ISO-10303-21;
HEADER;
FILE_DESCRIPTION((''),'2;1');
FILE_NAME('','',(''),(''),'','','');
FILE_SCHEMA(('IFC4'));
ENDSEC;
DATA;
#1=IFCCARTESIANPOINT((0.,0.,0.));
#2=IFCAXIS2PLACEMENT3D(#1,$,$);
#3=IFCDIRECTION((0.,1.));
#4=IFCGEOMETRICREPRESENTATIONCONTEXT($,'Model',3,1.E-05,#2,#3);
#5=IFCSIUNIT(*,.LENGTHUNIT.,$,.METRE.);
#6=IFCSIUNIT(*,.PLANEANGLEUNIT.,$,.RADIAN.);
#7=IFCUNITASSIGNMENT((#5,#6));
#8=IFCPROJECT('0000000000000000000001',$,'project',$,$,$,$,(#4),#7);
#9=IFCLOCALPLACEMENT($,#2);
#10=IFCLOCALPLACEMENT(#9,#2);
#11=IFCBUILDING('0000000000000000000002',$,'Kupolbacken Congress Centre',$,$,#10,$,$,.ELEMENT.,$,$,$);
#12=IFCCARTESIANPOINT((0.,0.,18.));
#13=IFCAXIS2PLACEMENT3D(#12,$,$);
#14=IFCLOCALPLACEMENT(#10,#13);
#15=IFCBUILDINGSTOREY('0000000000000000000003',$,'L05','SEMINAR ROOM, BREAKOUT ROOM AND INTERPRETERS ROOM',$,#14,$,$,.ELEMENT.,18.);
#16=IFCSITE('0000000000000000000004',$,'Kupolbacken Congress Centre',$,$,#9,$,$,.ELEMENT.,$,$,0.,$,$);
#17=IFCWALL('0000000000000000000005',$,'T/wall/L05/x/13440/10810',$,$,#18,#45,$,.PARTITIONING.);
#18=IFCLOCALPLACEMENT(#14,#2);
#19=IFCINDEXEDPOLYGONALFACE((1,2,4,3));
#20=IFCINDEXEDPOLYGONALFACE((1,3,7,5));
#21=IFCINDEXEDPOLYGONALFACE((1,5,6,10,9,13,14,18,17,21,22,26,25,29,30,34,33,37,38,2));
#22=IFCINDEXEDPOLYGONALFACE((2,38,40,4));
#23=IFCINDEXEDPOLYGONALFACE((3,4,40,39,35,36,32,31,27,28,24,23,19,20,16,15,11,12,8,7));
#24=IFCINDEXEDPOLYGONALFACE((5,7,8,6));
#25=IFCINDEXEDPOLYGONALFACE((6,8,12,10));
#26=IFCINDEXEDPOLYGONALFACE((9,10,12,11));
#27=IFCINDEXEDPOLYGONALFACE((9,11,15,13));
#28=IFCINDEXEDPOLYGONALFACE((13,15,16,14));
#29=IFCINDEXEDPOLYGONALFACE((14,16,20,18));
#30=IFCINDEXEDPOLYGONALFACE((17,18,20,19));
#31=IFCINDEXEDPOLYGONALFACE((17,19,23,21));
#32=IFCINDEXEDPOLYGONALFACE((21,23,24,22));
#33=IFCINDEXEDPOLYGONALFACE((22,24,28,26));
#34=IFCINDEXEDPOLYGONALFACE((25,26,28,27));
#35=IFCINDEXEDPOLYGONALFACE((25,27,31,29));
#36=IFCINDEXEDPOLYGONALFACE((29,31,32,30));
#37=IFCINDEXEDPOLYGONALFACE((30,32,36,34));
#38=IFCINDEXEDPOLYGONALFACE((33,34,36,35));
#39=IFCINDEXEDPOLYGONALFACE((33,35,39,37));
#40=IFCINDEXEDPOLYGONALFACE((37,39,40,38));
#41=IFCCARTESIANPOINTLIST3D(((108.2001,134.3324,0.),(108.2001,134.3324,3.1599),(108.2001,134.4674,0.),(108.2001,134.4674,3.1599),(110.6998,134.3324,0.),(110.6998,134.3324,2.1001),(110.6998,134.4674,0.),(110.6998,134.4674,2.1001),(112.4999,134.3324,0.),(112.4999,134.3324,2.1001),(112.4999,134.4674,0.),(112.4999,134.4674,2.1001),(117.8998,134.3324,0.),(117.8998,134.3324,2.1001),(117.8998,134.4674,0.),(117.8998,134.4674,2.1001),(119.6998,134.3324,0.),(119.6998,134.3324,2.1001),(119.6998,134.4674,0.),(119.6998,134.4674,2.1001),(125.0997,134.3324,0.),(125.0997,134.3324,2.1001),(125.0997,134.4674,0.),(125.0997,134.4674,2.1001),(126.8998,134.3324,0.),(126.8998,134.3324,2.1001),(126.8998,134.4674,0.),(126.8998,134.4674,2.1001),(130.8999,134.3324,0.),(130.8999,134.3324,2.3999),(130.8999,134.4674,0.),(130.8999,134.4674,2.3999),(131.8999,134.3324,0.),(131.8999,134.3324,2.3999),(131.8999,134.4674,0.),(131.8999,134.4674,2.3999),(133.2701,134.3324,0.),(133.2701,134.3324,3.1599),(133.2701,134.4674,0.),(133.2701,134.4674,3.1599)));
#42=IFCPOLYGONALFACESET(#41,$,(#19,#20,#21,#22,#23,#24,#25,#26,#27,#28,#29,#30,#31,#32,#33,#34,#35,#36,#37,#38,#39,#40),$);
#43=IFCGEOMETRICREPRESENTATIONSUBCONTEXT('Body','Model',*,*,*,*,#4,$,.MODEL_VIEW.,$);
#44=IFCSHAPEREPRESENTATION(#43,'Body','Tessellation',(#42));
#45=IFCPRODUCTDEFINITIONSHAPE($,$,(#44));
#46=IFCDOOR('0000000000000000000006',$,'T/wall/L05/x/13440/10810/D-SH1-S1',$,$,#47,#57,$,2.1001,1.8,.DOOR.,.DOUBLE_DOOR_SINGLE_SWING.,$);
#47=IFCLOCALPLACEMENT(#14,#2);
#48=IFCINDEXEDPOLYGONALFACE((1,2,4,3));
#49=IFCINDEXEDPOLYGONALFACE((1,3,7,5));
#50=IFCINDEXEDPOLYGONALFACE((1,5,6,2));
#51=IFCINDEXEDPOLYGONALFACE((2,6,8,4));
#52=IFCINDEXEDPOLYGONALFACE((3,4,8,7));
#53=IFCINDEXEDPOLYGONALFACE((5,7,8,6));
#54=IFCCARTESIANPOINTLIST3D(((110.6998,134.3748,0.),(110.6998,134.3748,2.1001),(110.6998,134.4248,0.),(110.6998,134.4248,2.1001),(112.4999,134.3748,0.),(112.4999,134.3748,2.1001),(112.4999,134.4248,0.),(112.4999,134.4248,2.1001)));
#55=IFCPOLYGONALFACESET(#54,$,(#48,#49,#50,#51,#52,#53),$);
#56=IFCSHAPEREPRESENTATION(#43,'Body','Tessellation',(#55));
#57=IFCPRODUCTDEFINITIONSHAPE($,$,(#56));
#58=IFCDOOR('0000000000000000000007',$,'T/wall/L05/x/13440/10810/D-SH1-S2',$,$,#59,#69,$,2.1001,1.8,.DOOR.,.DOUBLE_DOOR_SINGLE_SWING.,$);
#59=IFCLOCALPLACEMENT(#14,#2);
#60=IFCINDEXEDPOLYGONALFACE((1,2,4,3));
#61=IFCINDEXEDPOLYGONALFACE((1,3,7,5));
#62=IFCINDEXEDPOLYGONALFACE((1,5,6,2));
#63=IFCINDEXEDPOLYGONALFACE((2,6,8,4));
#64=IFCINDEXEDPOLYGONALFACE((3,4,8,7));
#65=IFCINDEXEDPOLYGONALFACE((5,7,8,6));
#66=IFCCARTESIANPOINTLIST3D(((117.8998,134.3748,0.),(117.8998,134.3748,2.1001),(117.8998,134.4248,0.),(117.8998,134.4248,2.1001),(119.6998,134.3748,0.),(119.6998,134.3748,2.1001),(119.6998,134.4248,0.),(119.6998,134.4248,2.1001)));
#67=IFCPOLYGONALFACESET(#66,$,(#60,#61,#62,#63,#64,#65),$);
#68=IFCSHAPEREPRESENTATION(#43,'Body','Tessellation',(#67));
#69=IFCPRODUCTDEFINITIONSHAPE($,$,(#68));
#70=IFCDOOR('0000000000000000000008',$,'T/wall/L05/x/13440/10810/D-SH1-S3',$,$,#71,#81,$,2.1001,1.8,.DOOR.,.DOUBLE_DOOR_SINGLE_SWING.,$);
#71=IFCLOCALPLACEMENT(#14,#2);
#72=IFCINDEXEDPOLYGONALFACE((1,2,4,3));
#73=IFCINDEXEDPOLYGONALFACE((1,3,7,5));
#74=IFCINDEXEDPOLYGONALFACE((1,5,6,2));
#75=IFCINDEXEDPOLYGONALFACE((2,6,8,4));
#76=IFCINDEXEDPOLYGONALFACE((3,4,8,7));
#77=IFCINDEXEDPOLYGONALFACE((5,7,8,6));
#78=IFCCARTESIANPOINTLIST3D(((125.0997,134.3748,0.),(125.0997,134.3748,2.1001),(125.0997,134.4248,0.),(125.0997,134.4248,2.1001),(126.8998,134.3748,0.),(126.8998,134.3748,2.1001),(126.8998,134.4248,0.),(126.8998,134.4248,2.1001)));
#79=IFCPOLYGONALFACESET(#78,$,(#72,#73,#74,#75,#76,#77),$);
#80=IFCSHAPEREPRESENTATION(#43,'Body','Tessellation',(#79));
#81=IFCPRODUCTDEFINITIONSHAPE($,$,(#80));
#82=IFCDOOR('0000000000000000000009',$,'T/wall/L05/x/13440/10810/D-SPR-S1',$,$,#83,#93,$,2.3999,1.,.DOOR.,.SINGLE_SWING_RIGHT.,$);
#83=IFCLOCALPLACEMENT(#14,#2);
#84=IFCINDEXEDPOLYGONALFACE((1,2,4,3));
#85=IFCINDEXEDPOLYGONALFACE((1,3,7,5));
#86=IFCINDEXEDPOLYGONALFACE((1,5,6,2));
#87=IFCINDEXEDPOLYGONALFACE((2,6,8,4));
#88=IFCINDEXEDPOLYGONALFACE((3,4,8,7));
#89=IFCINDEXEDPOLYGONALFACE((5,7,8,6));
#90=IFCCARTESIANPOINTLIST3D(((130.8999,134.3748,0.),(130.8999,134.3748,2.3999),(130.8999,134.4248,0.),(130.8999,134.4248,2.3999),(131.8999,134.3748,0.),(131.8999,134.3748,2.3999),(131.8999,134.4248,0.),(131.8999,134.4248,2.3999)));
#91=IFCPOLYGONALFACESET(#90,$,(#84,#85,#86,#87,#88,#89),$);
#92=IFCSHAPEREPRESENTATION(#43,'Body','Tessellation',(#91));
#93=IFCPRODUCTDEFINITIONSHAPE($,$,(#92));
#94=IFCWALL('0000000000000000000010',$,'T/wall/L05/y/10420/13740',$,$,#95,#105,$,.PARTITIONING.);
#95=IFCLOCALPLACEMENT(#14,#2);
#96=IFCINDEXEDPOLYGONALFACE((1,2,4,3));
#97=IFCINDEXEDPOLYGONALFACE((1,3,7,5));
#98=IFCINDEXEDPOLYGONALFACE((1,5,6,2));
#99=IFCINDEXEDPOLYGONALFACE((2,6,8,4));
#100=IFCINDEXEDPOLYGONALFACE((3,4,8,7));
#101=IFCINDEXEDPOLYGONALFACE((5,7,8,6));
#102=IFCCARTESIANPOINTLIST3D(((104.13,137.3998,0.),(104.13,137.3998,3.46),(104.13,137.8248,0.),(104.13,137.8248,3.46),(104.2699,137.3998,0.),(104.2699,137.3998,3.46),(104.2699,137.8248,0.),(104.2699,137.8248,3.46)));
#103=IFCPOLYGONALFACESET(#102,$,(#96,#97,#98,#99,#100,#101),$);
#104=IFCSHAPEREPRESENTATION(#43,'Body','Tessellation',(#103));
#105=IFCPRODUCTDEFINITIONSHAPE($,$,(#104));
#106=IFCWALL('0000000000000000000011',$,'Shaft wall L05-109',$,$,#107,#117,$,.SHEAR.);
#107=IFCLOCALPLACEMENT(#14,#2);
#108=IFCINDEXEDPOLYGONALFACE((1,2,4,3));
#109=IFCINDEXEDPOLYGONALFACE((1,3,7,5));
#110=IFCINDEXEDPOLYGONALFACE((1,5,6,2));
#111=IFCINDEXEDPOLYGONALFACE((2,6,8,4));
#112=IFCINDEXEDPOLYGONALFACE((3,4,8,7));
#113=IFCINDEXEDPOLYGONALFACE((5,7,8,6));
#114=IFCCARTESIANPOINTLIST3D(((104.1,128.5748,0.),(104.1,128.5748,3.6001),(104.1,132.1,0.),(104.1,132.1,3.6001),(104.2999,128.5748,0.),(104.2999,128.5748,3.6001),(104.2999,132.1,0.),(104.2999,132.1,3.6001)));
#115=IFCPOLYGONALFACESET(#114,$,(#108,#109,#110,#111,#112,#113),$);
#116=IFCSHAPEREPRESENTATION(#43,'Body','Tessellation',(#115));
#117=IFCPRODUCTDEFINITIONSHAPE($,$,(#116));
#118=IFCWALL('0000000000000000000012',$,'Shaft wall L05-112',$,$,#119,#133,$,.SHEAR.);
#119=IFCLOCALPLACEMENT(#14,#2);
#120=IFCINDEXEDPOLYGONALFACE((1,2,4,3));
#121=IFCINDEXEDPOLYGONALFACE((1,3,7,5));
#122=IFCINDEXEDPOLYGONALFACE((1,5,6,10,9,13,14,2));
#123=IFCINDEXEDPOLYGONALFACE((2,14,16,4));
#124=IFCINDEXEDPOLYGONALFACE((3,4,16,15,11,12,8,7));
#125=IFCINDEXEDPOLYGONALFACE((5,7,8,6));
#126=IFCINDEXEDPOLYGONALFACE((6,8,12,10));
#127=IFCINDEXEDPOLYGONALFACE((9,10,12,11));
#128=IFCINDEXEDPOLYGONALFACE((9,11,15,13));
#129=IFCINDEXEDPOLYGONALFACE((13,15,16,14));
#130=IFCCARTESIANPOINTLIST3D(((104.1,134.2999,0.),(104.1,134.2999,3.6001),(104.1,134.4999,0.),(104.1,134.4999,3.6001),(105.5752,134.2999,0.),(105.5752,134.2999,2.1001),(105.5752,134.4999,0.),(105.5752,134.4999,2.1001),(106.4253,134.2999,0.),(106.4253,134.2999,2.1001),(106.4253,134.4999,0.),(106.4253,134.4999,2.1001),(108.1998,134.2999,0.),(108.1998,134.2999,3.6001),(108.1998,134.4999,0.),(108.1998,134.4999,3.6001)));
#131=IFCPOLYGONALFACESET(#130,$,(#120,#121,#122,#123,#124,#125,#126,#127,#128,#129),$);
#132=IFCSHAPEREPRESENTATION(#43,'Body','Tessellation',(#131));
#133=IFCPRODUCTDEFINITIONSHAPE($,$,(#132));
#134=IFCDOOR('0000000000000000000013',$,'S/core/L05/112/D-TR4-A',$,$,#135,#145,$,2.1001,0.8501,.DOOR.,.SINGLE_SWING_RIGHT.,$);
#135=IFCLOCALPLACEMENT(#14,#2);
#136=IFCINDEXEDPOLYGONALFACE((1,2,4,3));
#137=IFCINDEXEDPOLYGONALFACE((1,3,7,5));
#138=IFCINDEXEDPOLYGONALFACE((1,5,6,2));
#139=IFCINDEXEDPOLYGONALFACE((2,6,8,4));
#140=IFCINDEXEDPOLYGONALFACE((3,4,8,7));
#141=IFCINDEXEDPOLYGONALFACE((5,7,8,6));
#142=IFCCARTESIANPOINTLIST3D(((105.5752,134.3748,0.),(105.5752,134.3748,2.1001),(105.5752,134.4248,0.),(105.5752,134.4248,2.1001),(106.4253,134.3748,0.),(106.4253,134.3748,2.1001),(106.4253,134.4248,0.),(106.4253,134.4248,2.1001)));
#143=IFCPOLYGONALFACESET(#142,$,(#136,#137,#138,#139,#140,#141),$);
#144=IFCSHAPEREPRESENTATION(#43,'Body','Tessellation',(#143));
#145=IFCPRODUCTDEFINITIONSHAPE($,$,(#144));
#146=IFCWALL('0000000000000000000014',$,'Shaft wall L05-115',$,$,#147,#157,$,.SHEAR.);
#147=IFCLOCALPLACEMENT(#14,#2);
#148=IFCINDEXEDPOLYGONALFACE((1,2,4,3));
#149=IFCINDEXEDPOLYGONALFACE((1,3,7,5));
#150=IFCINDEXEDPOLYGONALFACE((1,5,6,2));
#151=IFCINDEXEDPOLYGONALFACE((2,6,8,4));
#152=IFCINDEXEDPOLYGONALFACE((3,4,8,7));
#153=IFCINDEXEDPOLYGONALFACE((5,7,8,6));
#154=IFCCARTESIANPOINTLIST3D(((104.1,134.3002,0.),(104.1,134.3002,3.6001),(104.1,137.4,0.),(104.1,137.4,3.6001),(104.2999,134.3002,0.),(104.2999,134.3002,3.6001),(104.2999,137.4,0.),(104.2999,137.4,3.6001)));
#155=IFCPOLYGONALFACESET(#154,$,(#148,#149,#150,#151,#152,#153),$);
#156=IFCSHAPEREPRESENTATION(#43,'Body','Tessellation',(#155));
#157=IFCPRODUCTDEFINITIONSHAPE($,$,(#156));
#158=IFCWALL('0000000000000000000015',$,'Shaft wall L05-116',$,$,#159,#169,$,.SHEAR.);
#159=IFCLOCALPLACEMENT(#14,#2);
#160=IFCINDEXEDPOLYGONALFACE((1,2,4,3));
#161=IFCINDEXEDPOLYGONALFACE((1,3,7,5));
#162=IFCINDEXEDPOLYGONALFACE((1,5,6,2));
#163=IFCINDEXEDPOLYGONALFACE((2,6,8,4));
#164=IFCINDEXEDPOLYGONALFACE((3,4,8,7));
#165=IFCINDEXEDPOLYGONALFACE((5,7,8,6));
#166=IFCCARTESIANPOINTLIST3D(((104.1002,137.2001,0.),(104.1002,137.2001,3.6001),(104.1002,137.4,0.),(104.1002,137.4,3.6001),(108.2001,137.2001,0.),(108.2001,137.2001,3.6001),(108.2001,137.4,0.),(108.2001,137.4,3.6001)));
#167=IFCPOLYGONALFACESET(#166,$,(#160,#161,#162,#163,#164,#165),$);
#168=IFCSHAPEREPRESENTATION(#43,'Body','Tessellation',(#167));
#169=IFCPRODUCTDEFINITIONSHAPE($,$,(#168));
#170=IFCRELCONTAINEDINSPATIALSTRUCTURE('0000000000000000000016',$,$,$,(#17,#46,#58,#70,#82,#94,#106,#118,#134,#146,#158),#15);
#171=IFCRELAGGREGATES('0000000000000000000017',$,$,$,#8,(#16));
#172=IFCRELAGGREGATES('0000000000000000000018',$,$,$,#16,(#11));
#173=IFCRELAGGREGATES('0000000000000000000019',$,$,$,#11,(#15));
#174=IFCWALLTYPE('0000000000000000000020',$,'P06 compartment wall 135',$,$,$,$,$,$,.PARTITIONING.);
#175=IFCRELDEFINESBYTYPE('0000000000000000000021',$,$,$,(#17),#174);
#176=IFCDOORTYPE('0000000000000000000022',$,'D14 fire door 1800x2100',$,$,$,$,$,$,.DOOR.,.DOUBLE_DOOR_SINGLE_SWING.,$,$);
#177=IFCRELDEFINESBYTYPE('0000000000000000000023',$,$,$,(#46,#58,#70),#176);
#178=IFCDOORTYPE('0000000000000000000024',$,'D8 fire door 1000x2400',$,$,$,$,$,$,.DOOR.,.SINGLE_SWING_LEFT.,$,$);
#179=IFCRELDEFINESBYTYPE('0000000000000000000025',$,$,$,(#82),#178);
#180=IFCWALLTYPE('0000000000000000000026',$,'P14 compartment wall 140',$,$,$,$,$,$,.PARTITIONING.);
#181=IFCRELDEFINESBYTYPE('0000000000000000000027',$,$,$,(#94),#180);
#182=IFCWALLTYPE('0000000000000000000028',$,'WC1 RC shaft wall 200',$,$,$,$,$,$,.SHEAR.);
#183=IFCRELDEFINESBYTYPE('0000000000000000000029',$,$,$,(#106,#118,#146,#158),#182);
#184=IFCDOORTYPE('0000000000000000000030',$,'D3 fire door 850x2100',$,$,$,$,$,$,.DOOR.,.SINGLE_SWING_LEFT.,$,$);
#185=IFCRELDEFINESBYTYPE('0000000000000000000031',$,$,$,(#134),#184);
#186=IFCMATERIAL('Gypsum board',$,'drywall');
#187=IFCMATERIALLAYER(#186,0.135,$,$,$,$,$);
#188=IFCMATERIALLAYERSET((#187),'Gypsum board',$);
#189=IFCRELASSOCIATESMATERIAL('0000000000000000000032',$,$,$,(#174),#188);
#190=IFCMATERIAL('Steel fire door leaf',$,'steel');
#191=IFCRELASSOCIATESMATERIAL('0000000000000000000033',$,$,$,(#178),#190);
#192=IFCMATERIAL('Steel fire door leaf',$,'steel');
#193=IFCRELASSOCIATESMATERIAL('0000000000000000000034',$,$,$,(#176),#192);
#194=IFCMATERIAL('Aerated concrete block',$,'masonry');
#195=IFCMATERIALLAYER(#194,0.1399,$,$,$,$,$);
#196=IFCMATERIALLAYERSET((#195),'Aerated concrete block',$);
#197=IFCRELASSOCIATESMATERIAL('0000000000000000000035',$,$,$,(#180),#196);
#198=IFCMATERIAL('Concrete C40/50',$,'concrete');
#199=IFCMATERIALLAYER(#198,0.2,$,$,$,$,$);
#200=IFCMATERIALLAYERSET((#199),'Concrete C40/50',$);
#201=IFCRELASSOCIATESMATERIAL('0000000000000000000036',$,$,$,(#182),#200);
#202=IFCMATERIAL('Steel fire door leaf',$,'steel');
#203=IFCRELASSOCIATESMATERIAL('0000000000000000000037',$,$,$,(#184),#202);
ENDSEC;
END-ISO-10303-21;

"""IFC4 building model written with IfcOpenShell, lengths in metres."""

from ifc_helpers import new_model, si_unit, direction, frame, frame_2d, origin, place, context, subcontext, project, spatial, rectangle, extrude, material, layer, layer_set, type_object, element, fill, save


model = new_model("IFC4")

# Units and contexts
model_context = context("Model", 3, precision=1e-05, world=origin(), true_north=direction((0.0, 1.0)))
body_context = subcontext(model_context, "Body", "Model", "MODEL_VIEW")
ifc_project = project(units=[si_unit("LENGTHUNIT", "METRE"), si_unit("PLANEANGLEUNIT", "RADIAN")], contexts=[model_context])

# Site, building, storey
site_placement = place(None, origin())
site = spatial("IfcSite", under=ifc_project, at=site_placement, Name="Kupolbacken Congress Centre", CompositionType="ELEMENT", RefElevation=0.0)
building_placement = place(site_placement, origin())
building = spatial("IfcBuilding", under=site, at=building_placement, Name="Kupolbacken Congress Centre", CompositionType="ELEMENT")
storey_placement = place(building_placement, frame((0.0, 0.0, 18.0)))
storey = spatial("IfcBuildingStorey", under=building, at=storey_placement, Name="L05", Description="SEMINAR ROOM, BREAKOUT ROOM AND INTERPRETERS ROOM", CompositionType="ELEMENT", Elevation=18.0)

# Wall, openings, doors
ifc_material_1 = material(Name="Gypsum board", Category="drywall")
ifc_layer_1 = layer(ifc_material_1, 0.135)
ifc_layer_set_1 = layer_set([ifc_layer_1], Name="Gypsum board")
wall_type_1 = type_object("IfcWallType", Name="P06 compartment wall 135", PredefinedType="PARTITIONING", material=ifc_layer_set_1)
ifc_material_2 = material(Name="Steel fire door leaf", Category="steel")
door_type_1 = type_object("IfcDoorType", Name="D8 fire door 1000x2400", OperationType="SINGLE_SWING_LEFT", PredefinedType="DOOR", material=ifc_material_2)
wall_1_placement = place(storey_placement, frame((108.2, 134.3999, 0.0), z_axis=(0.0, 0.0, 1.0), x_axis=(1.0, 0.0, 0.0)))
wall_1 = element("IfcWall", 1, at=wall_1_placement, inside=storey, type_object=wall_type_1, Name="T/wall/L05/x/13440/10810", PredefinedType="PARTITIONING", context=body_context, shape_type="SweptSolid", body=[
    extrude(rectangle(XDim=25.0701, YDim=0.135, at=frame_2d((12.5352, 0.0))), origin(), (0.0, 0.0, 1.0), 3.1599),
])
opening_1_placement = place(wall_1_placement, frame((2.5, 0.0, 0.0)))
opening_1 = element("IfcOpeningElement", 2, at=opening_1_placement, cuts=wall_1, PredefinedType="OPENING", context=body_context, shape_type="SweptSolid", body=[
    extrude(rectangle(XDim=1.8, YDim=2.1001, at=frame_2d((0.8999, 1.05))), frame((0.0, 0.0774, 0.0), z_axis=(0.0, -1.0, 0.0), x_axis=(1.0, 0.0, 0.0)), (0.0, 0.0, 1.0), 0.155),
])
opening_2_placement = place(wall_1_placement, frame((9.7, 0.0, 0.0)))
opening_2 = element("IfcOpeningElement", 3, at=opening_2_placement, cuts=wall_1, PredefinedType="OPENING", context=body_context, shape_type="SweptSolid", body=[
    extrude(rectangle(XDim=1.8, YDim=2.1001, at=frame_2d((0.8999, 1.05))), frame((0.0, 0.0774, 0.0), z_axis=(0.0, -1.0, 0.0), x_axis=(1.0, 0.0, 0.0)), (0.0, 0.0, 1.0), 0.155),
])
opening_3_placement = place(wall_1_placement, frame((16.8999, 0.0, 0.0)))
opening_3 = element("IfcOpeningElement", 4, at=opening_3_placement, cuts=wall_1, PredefinedType="OPENING", context=body_context, shape_type="SweptSolid", body=[
    extrude(rectangle(XDim=1.8, YDim=2.1001, at=frame_2d((0.8999, 1.05))), frame((0.0, 0.0774, 0.0), z_axis=(0.0, -1.0, 0.0), x_axis=(1.0, 0.0, 0.0)), (0.0, 0.0, 1.0), 0.155),
])
opening_4_placement = place(wall_1_placement, frame((22.7, 0.0, 0.0)))
opening_4 = element("IfcOpeningElement", 5, at=opening_4_placement, cuts=wall_1, PredefinedType="OPENING", context=body_context, shape_type="SweptSolid", body=[
    extrude(rectangle(XDim=1.0, YDim=2.3999, at=frame_2d((0.5, 1.2))), frame((0.0, 0.0774, 0.0), z_axis=(0.0, -1.0, 0.0), x_axis=(1.0, 0.0, 0.0)), (0.0, 0.0, 1.0), 0.155),
])
ifc_material_3 = material(Name="Steel fire door leaf", Category="steel")
door_type_2 = type_object("IfcDoorType", Name="D14 fire door 1800x2100", OperationType="DOUBLE_DOOR_SINGLE_SWING", PredefinedType="DOOR", material=ifc_material_3)
door_1_placement = place(opening_1_placement, origin())
door_1 = element("IfcDoor", 6, at=door_1_placement, inside=storey, type_object=door_type_2, Name="T/wall/L05/x/13440/10810/D-SH1-S1", OperationType="DOUBLE_DOOR_SINGLE_SWING", OverallHeight=2.1001, OverallWidth=1.8, PredefinedType="DOOR", context=body_context, shape_type="SweptSolid", body=[
    extrude(rectangle(XDim=1.8, YDim=2.1001, at=frame_2d((0.8999, 1.05))), frame((0.0, 0.0249, 0.0), z_axis=(0.0, -1.0, 0.0), x_axis=(1.0, 0.0, 0.0)), (0.0, 0.0, 1.0), 0.05),
])
fill(opening_1, door_1)
door_2_placement = place(opening_2_placement, origin())
door_2 = element("IfcDoor", 7, at=door_2_placement, inside=storey, type_object=door_type_2, Name="T/wall/L05/x/13440/10810/D-SH1-S2", OperationType="DOUBLE_DOOR_SINGLE_SWING", OverallHeight=2.1001, OverallWidth=1.8, PredefinedType="DOOR", context=body_context, shape_type="SweptSolid", body=[
    extrude(rectangle(XDim=1.8, YDim=2.1001, at=frame_2d((0.8999, 1.05))), frame((0.0, 0.0249, 0.0), z_axis=(0.0, -1.0, 0.0), x_axis=(1.0, 0.0, 0.0)), (0.0, 0.0, 1.0), 0.05),
])
fill(opening_2, door_2)
door_3_placement = place(opening_3_placement, origin())
door_3 = element("IfcDoor", 8, at=door_3_placement, inside=storey, type_object=door_type_2, Name="T/wall/L05/x/13440/10810/D-SH1-S3", OperationType="DOUBLE_DOOR_SINGLE_SWING", OverallHeight=2.1001, OverallWidth=1.8, PredefinedType="DOOR", context=body_context, shape_type="SweptSolid", body=[
    extrude(rectangle(XDim=1.8, YDim=2.1001, at=frame_2d((0.8999, 1.05))), frame((0.0, 0.0249, 0.0), z_axis=(0.0, -1.0, 0.0), x_axis=(1.0, 0.0, 0.0)), (0.0, 0.0, 1.0), 0.05),
])
fill(opening_3, door_3)
door_4_placement = place(opening_4_placement, origin())
door_4 = element("IfcDoor", 9, at=door_4_placement, inside=storey, type_object=door_type_1, Name="T/wall/L05/x/13440/10810/D-SPR-S1", OperationType="SINGLE_SWING_RIGHT", OverallHeight=2.3999, OverallWidth=1.0, PredefinedType="DOOR", context=body_context, shape_type="SweptSolid", body=[
    extrude(rectangle(XDim=1.0, YDim=2.3999, at=frame_2d((0.5, 1.2))), frame((0.0, 0.0249, 0.0), z_axis=(0.0, -1.0, 0.0), x_axis=(1.0, 0.0, 0.0)), (0.0, 0.0, 1.0), 0.05),
])
fill(opening_4, door_4)

# Walls
ifc_material_4 = material(Name="Aerated concrete block", Category="masonry")
ifc_layer_2 = layer(ifc_material_4, 0.1399)
ifc_layer_set_2 = layer_set([ifc_layer_2], Name="Aerated concrete block")
wall_type_2 = type_object("IfcWallType", Name="P14 compartment wall 140", PredefinedType="PARTITIONING", material=ifc_layer_set_2)
wall_2_placement = place(storey_placement, frame((104.2, 137.3999, 0.0), z_axis=(0.0, 0.0, 1.0), x_axis=(0.0, 1.0, 0.0)))
element("IfcWall", 10, at=wall_2_placement, inside=storey, type_object=wall_type_2, Name="T/wall/L05/y/10420/13740", PredefinedType="PARTITIONING", context=body_context, shape_type="SweptSolid", body=[
    extrude(rectangle(XDim=0.425, YDim=0.1399, at=frame_2d((0.2124, 0.0))), origin(), (0.0, 0.0, 1.0), 3.46),
])
ifc_material_5 = material(Name="Concrete C40/50", Category="concrete")
ifc_layer_3 = layer(ifc_material_5, 0.2)
ifc_layer_set_3 = layer_set([ifc_layer_3], Name="Concrete C40/50")
wall_type_3 = type_object("IfcWallType", Name="WC1 RC shaft wall 200", PredefinedType="SHEAR", material=ifc_layer_set_3)
wall_3_placement = place(storey_placement, frame((104.2, 132.1001, 0.0), z_axis=(0.0, 0.0, 1.0), x_axis=(0.0, -1.0, 0.0)))
element("IfcWall", 11, at=wall_3_placement, inside=storey, type_object=wall_type_3, Name="Shaft wall L05-109", PredefinedType="SHEAR", context=body_context, shape_type="SweptSolid", body=[
    extrude(rectangle(XDim=3.5251, YDim=0.2, at=frame_2d((1.7627, 0.0))), origin(), (0.0, 0.0, 1.0), 3.6001),
])

# Wall, opening, door
wall_4_placement = place(storey_placement, frame((104.1001, 134.3999, 0.0), z_axis=(0.0, 0.0, 1.0), x_axis=(1.0, 0.0, 0.0)))
wall_4 = element("IfcWall", 12, at=wall_4_placement, inside=storey, type_object=wall_type_3, Name="Shaft wall L05-112", PredefinedType="SHEAR", context=body_context, shape_type="SweptSolid", body=[
    extrude(rectangle(XDim=4.0999, YDim=0.2, at=frame_2d((2.0498, 0.0))), origin(), (0.0, 0.0, 1.0), 3.6001),
])
opening_5_placement = place(wall_4_placement, frame((1.4751, 0.0, 0.0)))
opening_5 = element("IfcOpeningElement", 13, at=opening_5_placement, cuts=wall_4, PredefinedType="OPENING", context=body_context, shape_type="SweptSolid", body=[
    extrude(rectangle(XDim=0.8501, YDim=2.1001, at=frame_2d((0.425, 1.05))), frame((0.0, 0.1099, 0.0), z_axis=(0.0, -1.0, 0.0), x_axis=(1.0, 0.0, 0.0)), (0.0, 0.0, 1.0), 0.22),
])
ifc_material_6 = material(Name="Steel fire door leaf", Category="steel")
door_type_3 = type_object("IfcDoorType", Name="D3 fire door 850x2100", OperationType="SINGLE_SWING_LEFT", PredefinedType="DOOR", material=ifc_material_6)
door_5_placement = place(opening_5_placement, origin())
door_5 = element("IfcDoor", 14, at=door_5_placement, inside=storey, type_object=door_type_3, Name="S/core/L05/112/D-TR4-A", OperationType="SINGLE_SWING_RIGHT", OverallHeight=2.1001, OverallWidth=0.8501, PredefinedType="DOOR", context=body_context, shape_type="SweptSolid", body=[
    extrude(rectangle(XDim=0.8501, YDim=2.1001, at=frame_2d((0.425, 1.05))), frame((0.0, 0.0249, 0.0), z_axis=(0.0, -1.0, 0.0), x_axis=(1.0, 0.0, 0.0)), (0.0, 0.0, 1.0), 0.05),
])
fill(opening_5, door_5)

# Walls
wall_5_placement = place(storey_placement, frame((104.2, 137.3999, 0.0), z_axis=(0.0, 0.0, 1.0), x_axis=(0.0, -1.0, 0.0)))
element("IfcWall", 15, at=wall_5_placement, inside=storey, type_object=wall_type_3, Name="Shaft wall L05-115", PredefinedType="SHEAR", context=body_context, shape_type="SweptSolid", body=[
    extrude(rectangle(XDim=3.0999, YDim=0.2, at=frame_2d((1.5498, 0.0))), origin(), (0.0, 0.0, 1.0), 3.6001),
])
wall_6_placement = place(storey_placement, frame((108.2, 137.3, 0.0), z_axis=(0.0, 0.0, 1.0), x_axis=(-1.0, 0.0, 0.0)))
element("IfcWall", 16, at=wall_6_placement, inside=storey, type_object=wall_type_3, Name="Shaft wall L05-116", PredefinedType="SHEAR", context=body_context, shape_type="SweptSolid", body=[
    extrude(rectangle(XDim=4.0999, YDim=0.2, at=frame_2d((2.0498, 0.0))), origin(), (0.0, 0.0, 1.0), 3.6001),
])

save(model, "model.ifc")
